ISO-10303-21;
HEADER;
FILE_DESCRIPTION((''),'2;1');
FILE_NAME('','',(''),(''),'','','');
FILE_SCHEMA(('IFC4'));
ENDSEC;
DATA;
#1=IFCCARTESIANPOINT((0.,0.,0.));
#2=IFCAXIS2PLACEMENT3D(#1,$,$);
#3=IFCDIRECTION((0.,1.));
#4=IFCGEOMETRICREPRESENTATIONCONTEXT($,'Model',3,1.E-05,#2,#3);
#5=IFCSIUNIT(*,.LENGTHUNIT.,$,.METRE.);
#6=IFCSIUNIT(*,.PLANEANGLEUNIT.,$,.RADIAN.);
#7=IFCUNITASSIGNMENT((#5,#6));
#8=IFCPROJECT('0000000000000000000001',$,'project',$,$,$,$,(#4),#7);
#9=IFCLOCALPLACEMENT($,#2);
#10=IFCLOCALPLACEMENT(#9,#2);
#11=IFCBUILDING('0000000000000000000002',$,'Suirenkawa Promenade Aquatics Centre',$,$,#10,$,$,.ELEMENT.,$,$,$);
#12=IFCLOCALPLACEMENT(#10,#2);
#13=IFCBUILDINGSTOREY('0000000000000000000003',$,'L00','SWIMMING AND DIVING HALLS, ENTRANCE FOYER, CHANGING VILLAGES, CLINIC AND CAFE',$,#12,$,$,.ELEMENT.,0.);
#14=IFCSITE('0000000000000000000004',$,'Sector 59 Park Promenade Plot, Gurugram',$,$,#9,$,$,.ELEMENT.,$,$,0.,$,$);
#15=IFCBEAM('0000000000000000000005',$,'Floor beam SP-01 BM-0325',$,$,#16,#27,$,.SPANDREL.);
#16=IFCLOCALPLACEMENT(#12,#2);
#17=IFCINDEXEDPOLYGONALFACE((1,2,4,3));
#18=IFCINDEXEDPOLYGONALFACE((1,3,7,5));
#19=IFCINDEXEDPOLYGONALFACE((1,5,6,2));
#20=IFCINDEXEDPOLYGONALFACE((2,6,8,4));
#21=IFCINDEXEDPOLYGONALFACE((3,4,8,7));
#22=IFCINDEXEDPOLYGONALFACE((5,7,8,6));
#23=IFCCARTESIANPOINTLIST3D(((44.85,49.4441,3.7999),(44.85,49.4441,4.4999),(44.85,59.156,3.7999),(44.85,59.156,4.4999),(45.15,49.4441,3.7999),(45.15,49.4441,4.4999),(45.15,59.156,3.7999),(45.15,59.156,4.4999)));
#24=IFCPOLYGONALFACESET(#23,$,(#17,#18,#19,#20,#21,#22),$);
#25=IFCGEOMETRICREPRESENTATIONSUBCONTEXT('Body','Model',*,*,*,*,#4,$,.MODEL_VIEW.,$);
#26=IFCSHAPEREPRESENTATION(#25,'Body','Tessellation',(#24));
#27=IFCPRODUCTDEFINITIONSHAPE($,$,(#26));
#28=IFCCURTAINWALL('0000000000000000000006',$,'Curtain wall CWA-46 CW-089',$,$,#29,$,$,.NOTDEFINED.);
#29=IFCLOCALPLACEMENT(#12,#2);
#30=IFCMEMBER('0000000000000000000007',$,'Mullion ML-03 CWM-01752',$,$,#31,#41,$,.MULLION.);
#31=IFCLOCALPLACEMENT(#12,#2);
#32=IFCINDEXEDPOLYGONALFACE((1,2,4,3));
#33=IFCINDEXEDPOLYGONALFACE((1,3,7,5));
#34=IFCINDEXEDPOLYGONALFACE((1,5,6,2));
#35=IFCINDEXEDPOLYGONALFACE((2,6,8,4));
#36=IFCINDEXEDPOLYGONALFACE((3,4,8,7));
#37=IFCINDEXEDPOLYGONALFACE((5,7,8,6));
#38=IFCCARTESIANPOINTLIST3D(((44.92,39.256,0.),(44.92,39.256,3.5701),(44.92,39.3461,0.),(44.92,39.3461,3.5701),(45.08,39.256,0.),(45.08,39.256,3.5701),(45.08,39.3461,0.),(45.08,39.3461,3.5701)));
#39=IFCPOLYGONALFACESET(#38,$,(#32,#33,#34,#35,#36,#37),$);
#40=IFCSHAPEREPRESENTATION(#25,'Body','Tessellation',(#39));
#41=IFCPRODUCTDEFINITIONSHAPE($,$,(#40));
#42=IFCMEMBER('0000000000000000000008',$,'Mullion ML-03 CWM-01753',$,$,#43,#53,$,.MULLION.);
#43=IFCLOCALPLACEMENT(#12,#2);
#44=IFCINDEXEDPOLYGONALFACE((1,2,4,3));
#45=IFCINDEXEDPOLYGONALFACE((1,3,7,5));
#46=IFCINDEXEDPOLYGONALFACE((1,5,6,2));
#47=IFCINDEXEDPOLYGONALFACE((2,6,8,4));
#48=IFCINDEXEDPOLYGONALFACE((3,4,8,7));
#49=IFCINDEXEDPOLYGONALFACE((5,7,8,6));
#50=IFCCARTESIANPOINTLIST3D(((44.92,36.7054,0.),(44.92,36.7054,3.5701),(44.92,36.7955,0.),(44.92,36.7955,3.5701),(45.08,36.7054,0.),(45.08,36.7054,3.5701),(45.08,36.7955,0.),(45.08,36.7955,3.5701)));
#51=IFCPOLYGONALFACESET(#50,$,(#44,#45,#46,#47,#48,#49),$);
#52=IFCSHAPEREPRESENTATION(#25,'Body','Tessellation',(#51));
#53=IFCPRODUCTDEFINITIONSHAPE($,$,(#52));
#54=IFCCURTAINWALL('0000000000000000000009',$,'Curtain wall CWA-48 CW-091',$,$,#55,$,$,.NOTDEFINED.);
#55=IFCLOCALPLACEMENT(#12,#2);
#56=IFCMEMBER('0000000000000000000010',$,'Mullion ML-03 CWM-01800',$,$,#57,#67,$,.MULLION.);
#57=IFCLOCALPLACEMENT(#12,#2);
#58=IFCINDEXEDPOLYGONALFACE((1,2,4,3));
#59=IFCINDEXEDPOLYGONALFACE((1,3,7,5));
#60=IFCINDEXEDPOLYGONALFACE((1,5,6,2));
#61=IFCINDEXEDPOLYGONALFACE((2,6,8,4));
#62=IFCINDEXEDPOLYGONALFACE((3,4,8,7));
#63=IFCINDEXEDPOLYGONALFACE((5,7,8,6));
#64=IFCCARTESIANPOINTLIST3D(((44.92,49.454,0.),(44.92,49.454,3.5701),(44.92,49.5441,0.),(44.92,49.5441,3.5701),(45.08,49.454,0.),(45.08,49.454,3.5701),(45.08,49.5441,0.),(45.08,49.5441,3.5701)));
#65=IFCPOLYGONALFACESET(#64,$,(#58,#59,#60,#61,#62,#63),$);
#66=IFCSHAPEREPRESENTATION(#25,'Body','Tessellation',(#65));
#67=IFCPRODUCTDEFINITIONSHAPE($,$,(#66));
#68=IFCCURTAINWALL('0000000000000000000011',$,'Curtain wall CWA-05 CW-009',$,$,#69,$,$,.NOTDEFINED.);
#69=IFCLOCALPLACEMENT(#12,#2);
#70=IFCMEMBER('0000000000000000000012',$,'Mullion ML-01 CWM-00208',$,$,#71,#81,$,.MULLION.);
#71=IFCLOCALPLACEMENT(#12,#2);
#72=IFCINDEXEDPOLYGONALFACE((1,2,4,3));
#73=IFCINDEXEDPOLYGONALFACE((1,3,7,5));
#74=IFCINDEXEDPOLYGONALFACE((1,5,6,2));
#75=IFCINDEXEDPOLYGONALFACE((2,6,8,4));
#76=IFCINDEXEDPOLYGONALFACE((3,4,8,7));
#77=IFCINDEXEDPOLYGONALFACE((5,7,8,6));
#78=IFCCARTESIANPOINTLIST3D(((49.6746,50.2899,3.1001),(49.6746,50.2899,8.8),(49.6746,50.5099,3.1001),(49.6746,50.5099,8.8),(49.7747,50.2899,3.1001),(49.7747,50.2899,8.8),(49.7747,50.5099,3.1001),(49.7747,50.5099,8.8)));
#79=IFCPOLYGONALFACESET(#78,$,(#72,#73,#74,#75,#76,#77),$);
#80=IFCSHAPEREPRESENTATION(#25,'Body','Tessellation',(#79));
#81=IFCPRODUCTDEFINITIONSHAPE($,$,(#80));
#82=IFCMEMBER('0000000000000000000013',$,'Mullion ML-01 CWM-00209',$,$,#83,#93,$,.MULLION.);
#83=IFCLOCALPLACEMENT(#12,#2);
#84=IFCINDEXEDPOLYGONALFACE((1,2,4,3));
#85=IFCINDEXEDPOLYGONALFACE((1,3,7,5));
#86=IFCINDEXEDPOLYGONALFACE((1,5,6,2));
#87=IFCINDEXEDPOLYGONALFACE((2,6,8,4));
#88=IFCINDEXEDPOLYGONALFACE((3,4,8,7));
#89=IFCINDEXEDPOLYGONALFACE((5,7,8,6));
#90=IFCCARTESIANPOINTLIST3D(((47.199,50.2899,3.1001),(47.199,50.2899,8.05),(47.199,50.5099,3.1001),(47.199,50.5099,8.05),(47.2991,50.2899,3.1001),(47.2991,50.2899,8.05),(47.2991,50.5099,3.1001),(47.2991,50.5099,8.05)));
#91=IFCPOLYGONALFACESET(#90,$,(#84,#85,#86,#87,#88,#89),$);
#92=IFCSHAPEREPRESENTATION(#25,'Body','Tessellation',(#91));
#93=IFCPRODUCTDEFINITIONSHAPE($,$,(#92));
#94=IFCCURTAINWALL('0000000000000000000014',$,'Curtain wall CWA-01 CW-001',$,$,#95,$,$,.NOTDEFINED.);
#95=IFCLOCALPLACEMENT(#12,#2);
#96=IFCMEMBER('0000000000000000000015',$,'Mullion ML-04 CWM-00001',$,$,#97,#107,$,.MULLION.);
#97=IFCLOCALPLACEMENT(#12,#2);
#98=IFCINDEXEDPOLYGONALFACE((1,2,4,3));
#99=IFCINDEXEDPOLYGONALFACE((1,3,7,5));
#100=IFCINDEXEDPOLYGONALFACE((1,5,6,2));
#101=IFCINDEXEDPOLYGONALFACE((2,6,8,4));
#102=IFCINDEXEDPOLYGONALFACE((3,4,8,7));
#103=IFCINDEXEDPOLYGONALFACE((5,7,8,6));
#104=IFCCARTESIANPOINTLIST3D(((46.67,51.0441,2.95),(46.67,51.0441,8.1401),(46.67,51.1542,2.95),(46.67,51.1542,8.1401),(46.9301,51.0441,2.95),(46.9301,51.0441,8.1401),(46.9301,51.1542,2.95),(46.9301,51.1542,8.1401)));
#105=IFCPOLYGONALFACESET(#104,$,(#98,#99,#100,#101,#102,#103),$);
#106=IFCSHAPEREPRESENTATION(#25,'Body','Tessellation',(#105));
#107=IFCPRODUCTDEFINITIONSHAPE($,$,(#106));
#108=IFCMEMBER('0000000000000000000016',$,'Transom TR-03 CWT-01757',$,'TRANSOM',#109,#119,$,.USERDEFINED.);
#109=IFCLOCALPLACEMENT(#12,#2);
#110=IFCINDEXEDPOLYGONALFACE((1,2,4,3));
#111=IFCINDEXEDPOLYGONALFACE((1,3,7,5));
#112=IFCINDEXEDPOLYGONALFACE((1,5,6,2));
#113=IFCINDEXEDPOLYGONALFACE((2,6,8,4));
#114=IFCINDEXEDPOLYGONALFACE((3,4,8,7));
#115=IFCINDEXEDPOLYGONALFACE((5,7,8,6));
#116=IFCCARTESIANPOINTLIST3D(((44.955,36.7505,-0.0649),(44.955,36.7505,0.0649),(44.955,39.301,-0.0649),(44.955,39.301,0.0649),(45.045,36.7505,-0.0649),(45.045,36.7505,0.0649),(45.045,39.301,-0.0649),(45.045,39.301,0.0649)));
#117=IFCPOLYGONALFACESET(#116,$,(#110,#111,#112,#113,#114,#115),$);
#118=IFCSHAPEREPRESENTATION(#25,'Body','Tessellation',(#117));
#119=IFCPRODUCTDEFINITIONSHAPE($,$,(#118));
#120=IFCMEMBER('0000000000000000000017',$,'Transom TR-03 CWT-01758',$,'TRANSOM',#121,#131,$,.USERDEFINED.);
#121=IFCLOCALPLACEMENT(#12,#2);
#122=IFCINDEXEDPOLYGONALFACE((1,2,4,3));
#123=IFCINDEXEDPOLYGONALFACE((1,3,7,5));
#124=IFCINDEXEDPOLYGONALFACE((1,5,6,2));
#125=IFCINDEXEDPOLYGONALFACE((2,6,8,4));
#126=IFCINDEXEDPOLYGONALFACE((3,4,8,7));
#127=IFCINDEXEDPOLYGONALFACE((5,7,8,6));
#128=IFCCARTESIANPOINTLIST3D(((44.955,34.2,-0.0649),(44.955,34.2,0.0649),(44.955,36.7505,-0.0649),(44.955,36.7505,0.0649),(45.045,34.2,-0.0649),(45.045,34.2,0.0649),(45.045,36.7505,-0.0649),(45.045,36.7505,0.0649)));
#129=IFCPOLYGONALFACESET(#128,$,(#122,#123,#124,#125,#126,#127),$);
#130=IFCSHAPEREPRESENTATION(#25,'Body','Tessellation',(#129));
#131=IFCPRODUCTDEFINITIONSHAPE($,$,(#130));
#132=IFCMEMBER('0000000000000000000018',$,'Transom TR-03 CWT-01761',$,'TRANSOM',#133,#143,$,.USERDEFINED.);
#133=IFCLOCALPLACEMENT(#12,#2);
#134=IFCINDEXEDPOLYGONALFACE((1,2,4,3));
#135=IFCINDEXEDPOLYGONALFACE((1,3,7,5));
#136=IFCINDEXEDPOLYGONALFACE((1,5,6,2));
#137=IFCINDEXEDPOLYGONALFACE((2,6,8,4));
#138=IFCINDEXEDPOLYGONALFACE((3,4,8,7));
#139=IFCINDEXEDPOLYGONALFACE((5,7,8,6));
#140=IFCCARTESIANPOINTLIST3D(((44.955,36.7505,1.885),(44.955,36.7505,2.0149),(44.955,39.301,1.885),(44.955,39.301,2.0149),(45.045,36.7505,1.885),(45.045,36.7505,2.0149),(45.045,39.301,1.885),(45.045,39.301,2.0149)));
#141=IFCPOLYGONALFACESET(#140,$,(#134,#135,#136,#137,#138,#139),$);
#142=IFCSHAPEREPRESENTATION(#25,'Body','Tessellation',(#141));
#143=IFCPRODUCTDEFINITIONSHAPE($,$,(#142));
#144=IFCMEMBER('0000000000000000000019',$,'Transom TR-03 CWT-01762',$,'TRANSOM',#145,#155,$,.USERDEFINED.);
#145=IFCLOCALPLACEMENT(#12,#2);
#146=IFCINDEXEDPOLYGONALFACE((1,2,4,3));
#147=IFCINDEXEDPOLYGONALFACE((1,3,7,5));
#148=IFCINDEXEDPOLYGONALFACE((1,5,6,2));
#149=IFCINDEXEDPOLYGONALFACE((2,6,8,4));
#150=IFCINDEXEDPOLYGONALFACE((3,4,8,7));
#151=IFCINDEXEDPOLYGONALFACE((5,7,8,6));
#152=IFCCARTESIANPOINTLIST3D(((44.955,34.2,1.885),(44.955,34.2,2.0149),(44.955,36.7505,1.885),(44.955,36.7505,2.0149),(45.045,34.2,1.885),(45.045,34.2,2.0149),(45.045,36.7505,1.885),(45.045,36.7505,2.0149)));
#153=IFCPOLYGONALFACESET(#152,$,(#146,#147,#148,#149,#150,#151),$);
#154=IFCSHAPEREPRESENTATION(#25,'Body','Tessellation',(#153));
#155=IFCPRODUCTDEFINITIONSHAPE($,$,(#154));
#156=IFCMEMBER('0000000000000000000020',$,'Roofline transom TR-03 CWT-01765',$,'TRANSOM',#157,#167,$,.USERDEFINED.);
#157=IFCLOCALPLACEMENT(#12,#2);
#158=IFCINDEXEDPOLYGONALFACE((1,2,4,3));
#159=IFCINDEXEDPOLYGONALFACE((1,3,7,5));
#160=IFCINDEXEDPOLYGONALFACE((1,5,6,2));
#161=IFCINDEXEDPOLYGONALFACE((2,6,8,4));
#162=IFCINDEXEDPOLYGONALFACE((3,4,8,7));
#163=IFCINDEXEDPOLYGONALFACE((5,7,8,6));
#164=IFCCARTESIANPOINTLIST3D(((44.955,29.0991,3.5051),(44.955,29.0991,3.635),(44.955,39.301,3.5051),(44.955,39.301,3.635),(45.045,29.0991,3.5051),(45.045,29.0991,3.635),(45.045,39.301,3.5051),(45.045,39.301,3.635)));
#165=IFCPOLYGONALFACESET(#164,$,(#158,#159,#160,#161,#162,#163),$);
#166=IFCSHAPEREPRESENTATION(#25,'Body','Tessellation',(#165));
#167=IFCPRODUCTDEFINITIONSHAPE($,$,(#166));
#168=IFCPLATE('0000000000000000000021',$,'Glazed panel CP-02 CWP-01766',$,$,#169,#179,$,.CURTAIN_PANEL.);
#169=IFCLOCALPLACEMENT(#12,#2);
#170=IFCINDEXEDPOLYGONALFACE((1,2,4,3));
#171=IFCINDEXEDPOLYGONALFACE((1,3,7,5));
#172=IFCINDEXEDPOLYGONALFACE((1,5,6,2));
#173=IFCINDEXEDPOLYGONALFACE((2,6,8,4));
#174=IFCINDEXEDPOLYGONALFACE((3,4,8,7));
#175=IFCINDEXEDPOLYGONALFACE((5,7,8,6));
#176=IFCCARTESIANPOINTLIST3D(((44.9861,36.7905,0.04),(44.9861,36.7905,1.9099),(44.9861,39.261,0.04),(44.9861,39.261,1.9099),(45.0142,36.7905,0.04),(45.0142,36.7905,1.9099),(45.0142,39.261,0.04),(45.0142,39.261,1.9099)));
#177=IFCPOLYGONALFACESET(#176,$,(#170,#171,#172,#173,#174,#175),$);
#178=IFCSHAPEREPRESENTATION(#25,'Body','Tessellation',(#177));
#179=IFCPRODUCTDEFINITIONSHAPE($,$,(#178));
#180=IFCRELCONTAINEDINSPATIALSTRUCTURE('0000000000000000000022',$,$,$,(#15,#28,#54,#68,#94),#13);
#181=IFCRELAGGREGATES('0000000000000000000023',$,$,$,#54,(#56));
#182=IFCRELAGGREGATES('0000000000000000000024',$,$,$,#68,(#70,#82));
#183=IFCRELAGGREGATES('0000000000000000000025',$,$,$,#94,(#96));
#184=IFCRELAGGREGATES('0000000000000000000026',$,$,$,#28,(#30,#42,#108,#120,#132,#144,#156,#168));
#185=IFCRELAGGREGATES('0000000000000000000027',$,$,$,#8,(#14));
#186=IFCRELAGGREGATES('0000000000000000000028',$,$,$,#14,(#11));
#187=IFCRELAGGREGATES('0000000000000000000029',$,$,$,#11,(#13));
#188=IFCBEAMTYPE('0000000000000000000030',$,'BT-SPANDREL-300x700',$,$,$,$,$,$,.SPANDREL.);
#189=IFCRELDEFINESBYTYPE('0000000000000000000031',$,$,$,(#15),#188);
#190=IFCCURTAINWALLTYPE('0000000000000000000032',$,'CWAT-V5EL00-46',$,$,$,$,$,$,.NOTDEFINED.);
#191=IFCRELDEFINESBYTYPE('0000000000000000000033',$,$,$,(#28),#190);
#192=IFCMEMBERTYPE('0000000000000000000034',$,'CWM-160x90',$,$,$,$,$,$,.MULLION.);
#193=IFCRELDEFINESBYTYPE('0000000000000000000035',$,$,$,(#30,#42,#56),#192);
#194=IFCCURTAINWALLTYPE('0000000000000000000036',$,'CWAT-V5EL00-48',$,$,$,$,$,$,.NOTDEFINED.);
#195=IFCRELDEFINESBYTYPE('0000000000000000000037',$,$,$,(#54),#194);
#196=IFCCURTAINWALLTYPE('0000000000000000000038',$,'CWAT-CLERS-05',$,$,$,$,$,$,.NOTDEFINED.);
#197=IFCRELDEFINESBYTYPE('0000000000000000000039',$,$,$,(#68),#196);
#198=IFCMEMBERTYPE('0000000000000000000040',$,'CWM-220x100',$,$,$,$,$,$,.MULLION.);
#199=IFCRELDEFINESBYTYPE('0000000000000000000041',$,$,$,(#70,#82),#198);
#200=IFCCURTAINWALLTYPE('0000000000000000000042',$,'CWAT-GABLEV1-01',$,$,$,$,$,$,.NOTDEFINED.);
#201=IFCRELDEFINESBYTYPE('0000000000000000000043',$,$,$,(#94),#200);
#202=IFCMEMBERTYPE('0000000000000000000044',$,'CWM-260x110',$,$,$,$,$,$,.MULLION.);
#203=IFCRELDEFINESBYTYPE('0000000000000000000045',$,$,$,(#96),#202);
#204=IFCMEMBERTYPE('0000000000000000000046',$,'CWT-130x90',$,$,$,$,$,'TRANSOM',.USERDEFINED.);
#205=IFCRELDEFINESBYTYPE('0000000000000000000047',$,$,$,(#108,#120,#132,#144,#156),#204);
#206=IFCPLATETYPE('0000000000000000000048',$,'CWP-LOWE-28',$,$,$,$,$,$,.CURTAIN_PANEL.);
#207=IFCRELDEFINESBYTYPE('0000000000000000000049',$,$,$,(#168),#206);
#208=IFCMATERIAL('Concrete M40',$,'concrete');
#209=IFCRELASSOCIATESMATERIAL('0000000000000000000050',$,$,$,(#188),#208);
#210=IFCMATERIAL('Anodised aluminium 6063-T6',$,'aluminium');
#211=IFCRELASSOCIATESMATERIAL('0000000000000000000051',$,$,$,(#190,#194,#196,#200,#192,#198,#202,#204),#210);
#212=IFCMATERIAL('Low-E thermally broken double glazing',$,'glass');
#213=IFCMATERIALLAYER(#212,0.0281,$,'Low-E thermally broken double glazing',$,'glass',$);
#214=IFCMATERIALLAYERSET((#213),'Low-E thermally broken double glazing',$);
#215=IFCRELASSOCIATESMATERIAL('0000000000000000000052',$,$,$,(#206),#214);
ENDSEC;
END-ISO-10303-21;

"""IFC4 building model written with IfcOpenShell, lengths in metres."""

from ifc_helpers import new_model, si_unit, direction, frame, origin, origin_2d, place, context, subcontext, project, spatial, polyline, rectangle, outline, extrude, material, layer, layer_set, material_profile, profile_set, type_object, element, aggregate, save


model = new_model("IFC4")

# Units and contexts
model_context = context("Model", 3, precision=1e-05, world=origin(), true_north=direction((0.0, 1.0)))
body_context = subcontext(model_context, "Body", "Model", "MODEL_VIEW")
ifc_project = project(units=[si_unit("LENGTHUNIT", "METRE"), si_unit("PLANEANGLEUNIT", "RADIAN")], contexts=[model_context])

# Site, building, storey
site_placement = place(None, origin())
site = spatial("IfcSite", under=ifc_project, at=site_placement, Name="Sector 59 Park Promenade Plot, Gurugram", CompositionType="ELEMENT", RefElevation=0.0)
building_placement = place(site_placement, origin())
building = spatial("IfcBuilding", under=site, at=building_placement, Name="Suirenkawa Promenade Aquatics Centre", CompositionType="ELEMENT")
storey_placement = place(building_placement, origin())
storey = spatial("IfcBuildingStorey", under=building, at=storey_placement, Name="L00", Description="SWIMMING AND DIVING HALLS, ENTRANCE FOYER, CHANGING VILLAGES, CLINIC AND CAFE", CompositionType="ELEMENT", Elevation=0.0)

# Shared definitions
ifc_material_1 = material(Name="Concrete M40", Category="concrete")

# Beam
ifc_material_profile_1 = material_profile(ifc_material_1, rectangle(XDim=0.3, YDim=0.7, at=origin_2d()), Name="RC SPANDREL 300x700", Category="concrete")
ifc_profile_set_1 = profile_set([ifc_material_profile_1], Name="Concrete M40")
beam_type_1 = type_object("IfcBeamType", Name="BT-SPANDREL-300x700", PredefinedType="SPANDREL", material=ifc_profile_set_1)
beam_1_placement = place(storey_placement, frame((45.0, 49.4441, 4.1499), z_axis=(0.0, 1.0, 0.0), x_axis=(-1.0, 0.0, 0.0)))
element("IfcBeam", 1, at=beam_1_placement, inside=storey, type_object=beam_type_1, Name="Floor beam SP-01 BM-0325", PredefinedType="SPANDREL", context=body_context, shape_type="SweptSolid", body=[
    extrude(rectangle(XDim=0.3, YDim=0.7, at=origin_2d()), origin(), (0.0, 0.0, 1.0), 9.7119),
])

# Curtain wall, members
ifc_material_2 = material(Name="Anodised aluminium 6063-T6", Category="aluminium")
curtain_wall_type_1 = type_object("IfcCurtainWallType", Name="CWAT-V5EL00-46", PredefinedType="NOTDEFINED", material=ifc_material_2)
curtain_wall_1_placement = place(storey_placement, origin())
curtain_wall_1 = element("IfcCurtainWall", 2, at=curtain_wall_1_placement, inside=storey, type_object=curtain_wall_type_1, Name="Curtain wall CWA-46 CW-089", PredefinedType="NOTDEFINED")
ifc_material_profile_2 = material_profile(ifc_material_2, rectangle(XDim=0.0901, YDim=0.1599, at=origin_2d()), Name="ALU MULL 90x160", Category="aluminium")
ifc_profile_set_2 = profile_set([ifc_material_profile_2], Name="Anodised aluminium 6063-T6")
member_type_1 = type_object("IfcMemberType", Name="CWM-160x90", PredefinedType="MULLION", material=ifc_profile_set_2)
member_1_placement = place(storey_placement, frame((45.0, 39.301, 0.0), z_axis=(0.0, 0.0, 1.0), x_axis=(0.0, -1.0, 0.0)))
member_1 = element("IfcMember", 3, at=member_1_placement, type_object=member_type_1, Name="Mullion ML-03 CWM-01752", PredefinedType="MULLION", context=body_context, shape_type="SweptSolid", body=[
    extrude(rectangle(XDim=0.0901, YDim=0.1599, at=origin_2d()), origin(), (0.0, 0.0, 1.0), 3.5701),
])
member_2_placement = place(storey_placement, frame((45.0, 36.7505, 0.0), z_axis=(0.0, 0.0, 1.0), x_axis=(0.0, -1.0, 0.0)))
member_2 = element("IfcMember", 4, at=member_2_placement, type_object=member_type_1, Name="Mullion ML-03 CWM-01753", PredefinedType="MULLION", context=body_context, shape_type="SweptSolid", body=[
    extrude(rectangle(XDim=0.0901, YDim=0.1599, at=origin_2d()), origin(), (0.0, 0.0, 1.0), 3.5701),
])

# Curtain wall, member
curtain_wall_type_2 = type_object("IfcCurtainWallType", Name="CWAT-V5EL00-48", PredefinedType="NOTDEFINED", material=ifc_material_2)
curtain_wall_2_placement = place(storey_placement, origin())
curtain_wall_2 = element("IfcCurtainWall", 5, at=curtain_wall_2_placement, inside=storey, type_object=curtain_wall_type_2, Name="Curtain wall CWA-48 CW-091", PredefinedType="NOTDEFINED")
member_3_placement = place(storey_placement, frame((45.0, 49.499, 0.0), z_axis=(0.0, 0.0, 1.0), x_axis=(0.0, -1.0, 0.0)))
member_3 = element("IfcMember", 6, at=member_3_placement, type_object=member_type_1, Name="Mullion ML-03 CWM-01800", PredefinedType="MULLION", context=body_context, shape_type="SweptSolid", body=[
    extrude(rectangle(XDim=0.0901, YDim=0.1599, at=origin_2d()), origin(), (0.0, 0.0, 1.0), 3.5701),
])
aggregate(curtain_wall_2, [member_3])

# Curtain wall, members
curtain_wall_type_3 = type_object("IfcCurtainWallType", Name="CWAT-CLERS-05", PredefinedType="NOTDEFINED", material=ifc_material_2)
curtain_wall_3_placement = place(storey_placement, origin())
curtain_wall_3 = element("IfcCurtainWall", 7, at=curtain_wall_3_placement, inside=storey, type_object=curtain_wall_type_3, Name="Curtain wall CWA-05 CW-009", PredefinedType="NOTDEFINED")
ifc_material_profile_3 = material_profile(ifc_material_2, rectangle(XDim=0.1001, YDim=0.22, at=origin_2d()), Name="ALU MULL 100x220", Category="aluminium")
ifc_profile_set_3 = profile_set([ifc_material_profile_3], Name="Anodised aluminium 6063-T6")
member_type_2 = type_object("IfcMemberType", Name="CWM-220x100", PredefinedType="MULLION", material=ifc_profile_set_3)
member_4_placement = place(storey_placement, frame((49.7246, 50.3999, 3.1001), z_axis=(0.0, 0.0, 1.0), x_axis=(-1.0, 0.0, 0.0)))
member_4 = element("IfcMember", 8, at=member_4_placement, type_object=member_type_2, Name="Mullion ML-01 CWM-00208", PredefinedType="MULLION", context=body_context, shape_type="SweptSolid", body=[
    extrude(rectangle(XDim=0.1001, YDim=0.22, at=origin_2d()), origin(), (0.0, 0.0, 1.0), 5.7),
])
member_5_placement = place(storey_placement, frame((47.249, 50.3999, 3.1001), z_axis=(0.0, 0.0, 1.0), x_axis=(-1.0, 0.0, 0.0)))
member_5 = element("IfcMember", 9, at=member_5_placement, type_object=member_type_2, Name="Mullion ML-01 CWM-00209", PredefinedType="MULLION", context=body_context, shape_type="SweptSolid", body=[
    extrude(rectangle(XDim=0.1001, YDim=0.22, at=origin_2d()), origin(), (0.0, 0.0, 1.0), 4.95),
])
aggregate(curtain_wall_3, [member_4, member_5])

# Curtain wall, member
curtain_wall_type_4 = type_object("IfcCurtainWallType", Name="CWAT-GABLEV1-01", PredefinedType="NOTDEFINED", material=ifc_material_2)
curtain_wall_4_placement = place(storey_placement, origin())
curtain_wall_4 = element("IfcCurtainWall", 10, at=curtain_wall_4_placement, inside=storey, type_object=curtain_wall_type_4, Name="Curtain wall CWA-01 CW-001", PredefinedType="NOTDEFINED")
ifc_material_profile_4 = material_profile(ifc_material_2, rectangle(XDim=0.1101, YDim=0.26, at=origin_2d()), Name="ALU MULL 110x260", Category="aluminium")
ifc_profile_set_4 = profile_set([ifc_material_profile_4], Name="Anodised aluminium 6063-T6")
member_type_3 = type_object("IfcMemberType", Name="CWM-260x110", PredefinedType="MULLION", material=ifc_profile_set_4)
member_6_placement = place(storey_placement, frame((46.8, 51.0991, 2.95), z_axis=(0.0, 0.0, 1.0), x_axis=(0.0, 1.0, 0.0)))
member_6 = element("IfcMember", 11, at=member_6_placement, type_object=member_type_3, Name="Mullion ML-04 CWM-00001", PredefinedType="MULLION", context=body_context, shape_type="SweptSolid", body=[
    extrude(rectangle(XDim=0.1101, YDim=0.26, at=origin_2d()), origin(), (0.0, 0.0, 1.0), 5.1902),
])
aggregate(curtain_wall_4, [member_6])

# Members
ifc_material_profile_5 = material_profile(ifc_material_2, rectangle(XDim=0.0901, YDim=0.1299, at=origin_2d()), Name="ALU TRAN 90x130", Category="aluminium")
ifc_profile_set_5 = profile_set([ifc_material_profile_5], Name="Anodised aluminium 6063-T6")
member_type_4 = type_object("IfcMemberType", Name="CWT-130x90", ElementType="TRANSOM", PredefinedType="USERDEFINED", material=ifc_profile_set_5)
member_7_placement = place(storey_placement, frame((45.0, 39.301, 0.0), z_axis=(0.0, -1.0, 0.0), x_axis=(1.0, 0.0, 0.0)))
member_7 = element("IfcMember", 12, at=member_7_placement, type_object=member_type_4, Name="Transom TR-03 CWT-01757", ObjectType="TRANSOM", PredefinedType="USERDEFINED", context=body_context, shape_type="SweptSolid", body=[
    extrude(rectangle(XDim=0.0901, YDim=0.1299, at=origin_2d()), origin(), (0.0, 0.0, 1.0), 2.5505),
])
member_8_placement = place(storey_placement, frame((45.0, 36.7505, 0.0), z_axis=(0.0, -1.0, 0.0), x_axis=(1.0, 0.0, 0.0)))
member_8 = element("IfcMember", 13, at=member_8_placement, type_object=member_type_4, Name="Transom TR-03 CWT-01758", ObjectType="TRANSOM", PredefinedType="USERDEFINED", context=body_context, shape_type="SweptSolid", body=[
    extrude(rectangle(XDim=0.0901, YDim=0.1299, at=origin_2d()), origin(), (0.0, 0.0, 1.0), 2.5505),
])
member_9_placement = place(storey_placement, frame((45.0, 39.301, 1.95), z_axis=(0.0, -1.0, 0.0), x_axis=(1.0, 0.0, 0.0)))
member_9 = element("IfcMember", 14, at=member_9_placement, type_object=member_type_4, Name="Transom TR-03 CWT-01761", ObjectType="TRANSOM", PredefinedType="USERDEFINED", context=body_context, shape_type="SweptSolid", body=[
    extrude(rectangle(XDim=0.0901, YDim=0.1299, at=origin_2d()), origin(), (0.0, 0.0, 1.0), 2.5505),
])
member_10_placement = place(storey_placement, frame((45.0, 36.7505, 1.95), z_axis=(0.0, -1.0, 0.0), x_axis=(1.0, 0.0, 0.0)))
member_10 = element("IfcMember", 15, at=member_10_placement, type_object=member_type_4, Name="Transom TR-03 CWT-01762", ObjectType="TRANSOM", PredefinedType="USERDEFINED", context=body_context, shape_type="SweptSolid", body=[
    extrude(rectangle(XDim=0.0901, YDim=0.1299, at=origin_2d()), origin(), (0.0, 0.0, 1.0), 2.5505),
])
member_11_placement = place(storey_placement, frame((45.0, 39.301, 3.5701), z_axis=(0.0, -1.0, 0.0), x_axis=(1.0, 0.0, 0.0)))
member_11 = element("IfcMember", 16, at=member_11_placement, type_object=member_type_4, Name="Roofline transom TR-03 CWT-01765", ObjectType="TRANSOM", PredefinedType="USERDEFINED", context=body_context, shape_type="SweptSolid", body=[
    extrude(rectangle(XDim=0.0901, YDim=0.1299, at=origin_2d()), origin(), (0.0, 0.0, 1.0), 10.2019),
])

# Plate
ifc_material_3 = material(Name="Low-E thermally broken double glazing", Category="glass")
ifc_layer_1 = layer(ifc_material_3, 0.0281, Name="Low-E thermally broken double glazing", Category="glass")
ifc_layer_set_1 = layer_set([ifc_layer_1], Name="Low-E thermally broken double glazing")
plate_type = type_object("IfcPlateType", Name="CWP-LOWE-28", PredefinedType="CURTAIN_PANEL", material=ifc_layer_set_1)
plate_1_placement = place(storey_placement, frame((45.0, 39.301, 0.04), z_axis=(0.0, 0.0, 1.0), x_axis=(0.0, -1.0, 0.0)))
plate_1 = element("IfcPlate", 17, at=plate_1_placement, type_object=plate_type, Name="Glazed panel CP-02 CWP-01766", PredefinedType="CURTAIN_PANEL", context=body_context, shape_type="SweptSolid", body=[
    extrude(outline(polyline([(0.04, 0.0), (2.5105, 0.0), (2.5105, 1.8699), (0.04, 1.8699), (0.04, 0.0)])), frame((0.0, 0.0142, 0.0), z_axis=(0.0, -1.0, 0.0), x_axis=(1.0, 0.0, 0.0)), (0.0, 0.0, 1.0), 0.0281),
])
aggregate(curtain_wall_1, [member_1, member_2, member_7, member_8, member_9, member_10, member_11, plate_1])

save(model, "model.ifc")
